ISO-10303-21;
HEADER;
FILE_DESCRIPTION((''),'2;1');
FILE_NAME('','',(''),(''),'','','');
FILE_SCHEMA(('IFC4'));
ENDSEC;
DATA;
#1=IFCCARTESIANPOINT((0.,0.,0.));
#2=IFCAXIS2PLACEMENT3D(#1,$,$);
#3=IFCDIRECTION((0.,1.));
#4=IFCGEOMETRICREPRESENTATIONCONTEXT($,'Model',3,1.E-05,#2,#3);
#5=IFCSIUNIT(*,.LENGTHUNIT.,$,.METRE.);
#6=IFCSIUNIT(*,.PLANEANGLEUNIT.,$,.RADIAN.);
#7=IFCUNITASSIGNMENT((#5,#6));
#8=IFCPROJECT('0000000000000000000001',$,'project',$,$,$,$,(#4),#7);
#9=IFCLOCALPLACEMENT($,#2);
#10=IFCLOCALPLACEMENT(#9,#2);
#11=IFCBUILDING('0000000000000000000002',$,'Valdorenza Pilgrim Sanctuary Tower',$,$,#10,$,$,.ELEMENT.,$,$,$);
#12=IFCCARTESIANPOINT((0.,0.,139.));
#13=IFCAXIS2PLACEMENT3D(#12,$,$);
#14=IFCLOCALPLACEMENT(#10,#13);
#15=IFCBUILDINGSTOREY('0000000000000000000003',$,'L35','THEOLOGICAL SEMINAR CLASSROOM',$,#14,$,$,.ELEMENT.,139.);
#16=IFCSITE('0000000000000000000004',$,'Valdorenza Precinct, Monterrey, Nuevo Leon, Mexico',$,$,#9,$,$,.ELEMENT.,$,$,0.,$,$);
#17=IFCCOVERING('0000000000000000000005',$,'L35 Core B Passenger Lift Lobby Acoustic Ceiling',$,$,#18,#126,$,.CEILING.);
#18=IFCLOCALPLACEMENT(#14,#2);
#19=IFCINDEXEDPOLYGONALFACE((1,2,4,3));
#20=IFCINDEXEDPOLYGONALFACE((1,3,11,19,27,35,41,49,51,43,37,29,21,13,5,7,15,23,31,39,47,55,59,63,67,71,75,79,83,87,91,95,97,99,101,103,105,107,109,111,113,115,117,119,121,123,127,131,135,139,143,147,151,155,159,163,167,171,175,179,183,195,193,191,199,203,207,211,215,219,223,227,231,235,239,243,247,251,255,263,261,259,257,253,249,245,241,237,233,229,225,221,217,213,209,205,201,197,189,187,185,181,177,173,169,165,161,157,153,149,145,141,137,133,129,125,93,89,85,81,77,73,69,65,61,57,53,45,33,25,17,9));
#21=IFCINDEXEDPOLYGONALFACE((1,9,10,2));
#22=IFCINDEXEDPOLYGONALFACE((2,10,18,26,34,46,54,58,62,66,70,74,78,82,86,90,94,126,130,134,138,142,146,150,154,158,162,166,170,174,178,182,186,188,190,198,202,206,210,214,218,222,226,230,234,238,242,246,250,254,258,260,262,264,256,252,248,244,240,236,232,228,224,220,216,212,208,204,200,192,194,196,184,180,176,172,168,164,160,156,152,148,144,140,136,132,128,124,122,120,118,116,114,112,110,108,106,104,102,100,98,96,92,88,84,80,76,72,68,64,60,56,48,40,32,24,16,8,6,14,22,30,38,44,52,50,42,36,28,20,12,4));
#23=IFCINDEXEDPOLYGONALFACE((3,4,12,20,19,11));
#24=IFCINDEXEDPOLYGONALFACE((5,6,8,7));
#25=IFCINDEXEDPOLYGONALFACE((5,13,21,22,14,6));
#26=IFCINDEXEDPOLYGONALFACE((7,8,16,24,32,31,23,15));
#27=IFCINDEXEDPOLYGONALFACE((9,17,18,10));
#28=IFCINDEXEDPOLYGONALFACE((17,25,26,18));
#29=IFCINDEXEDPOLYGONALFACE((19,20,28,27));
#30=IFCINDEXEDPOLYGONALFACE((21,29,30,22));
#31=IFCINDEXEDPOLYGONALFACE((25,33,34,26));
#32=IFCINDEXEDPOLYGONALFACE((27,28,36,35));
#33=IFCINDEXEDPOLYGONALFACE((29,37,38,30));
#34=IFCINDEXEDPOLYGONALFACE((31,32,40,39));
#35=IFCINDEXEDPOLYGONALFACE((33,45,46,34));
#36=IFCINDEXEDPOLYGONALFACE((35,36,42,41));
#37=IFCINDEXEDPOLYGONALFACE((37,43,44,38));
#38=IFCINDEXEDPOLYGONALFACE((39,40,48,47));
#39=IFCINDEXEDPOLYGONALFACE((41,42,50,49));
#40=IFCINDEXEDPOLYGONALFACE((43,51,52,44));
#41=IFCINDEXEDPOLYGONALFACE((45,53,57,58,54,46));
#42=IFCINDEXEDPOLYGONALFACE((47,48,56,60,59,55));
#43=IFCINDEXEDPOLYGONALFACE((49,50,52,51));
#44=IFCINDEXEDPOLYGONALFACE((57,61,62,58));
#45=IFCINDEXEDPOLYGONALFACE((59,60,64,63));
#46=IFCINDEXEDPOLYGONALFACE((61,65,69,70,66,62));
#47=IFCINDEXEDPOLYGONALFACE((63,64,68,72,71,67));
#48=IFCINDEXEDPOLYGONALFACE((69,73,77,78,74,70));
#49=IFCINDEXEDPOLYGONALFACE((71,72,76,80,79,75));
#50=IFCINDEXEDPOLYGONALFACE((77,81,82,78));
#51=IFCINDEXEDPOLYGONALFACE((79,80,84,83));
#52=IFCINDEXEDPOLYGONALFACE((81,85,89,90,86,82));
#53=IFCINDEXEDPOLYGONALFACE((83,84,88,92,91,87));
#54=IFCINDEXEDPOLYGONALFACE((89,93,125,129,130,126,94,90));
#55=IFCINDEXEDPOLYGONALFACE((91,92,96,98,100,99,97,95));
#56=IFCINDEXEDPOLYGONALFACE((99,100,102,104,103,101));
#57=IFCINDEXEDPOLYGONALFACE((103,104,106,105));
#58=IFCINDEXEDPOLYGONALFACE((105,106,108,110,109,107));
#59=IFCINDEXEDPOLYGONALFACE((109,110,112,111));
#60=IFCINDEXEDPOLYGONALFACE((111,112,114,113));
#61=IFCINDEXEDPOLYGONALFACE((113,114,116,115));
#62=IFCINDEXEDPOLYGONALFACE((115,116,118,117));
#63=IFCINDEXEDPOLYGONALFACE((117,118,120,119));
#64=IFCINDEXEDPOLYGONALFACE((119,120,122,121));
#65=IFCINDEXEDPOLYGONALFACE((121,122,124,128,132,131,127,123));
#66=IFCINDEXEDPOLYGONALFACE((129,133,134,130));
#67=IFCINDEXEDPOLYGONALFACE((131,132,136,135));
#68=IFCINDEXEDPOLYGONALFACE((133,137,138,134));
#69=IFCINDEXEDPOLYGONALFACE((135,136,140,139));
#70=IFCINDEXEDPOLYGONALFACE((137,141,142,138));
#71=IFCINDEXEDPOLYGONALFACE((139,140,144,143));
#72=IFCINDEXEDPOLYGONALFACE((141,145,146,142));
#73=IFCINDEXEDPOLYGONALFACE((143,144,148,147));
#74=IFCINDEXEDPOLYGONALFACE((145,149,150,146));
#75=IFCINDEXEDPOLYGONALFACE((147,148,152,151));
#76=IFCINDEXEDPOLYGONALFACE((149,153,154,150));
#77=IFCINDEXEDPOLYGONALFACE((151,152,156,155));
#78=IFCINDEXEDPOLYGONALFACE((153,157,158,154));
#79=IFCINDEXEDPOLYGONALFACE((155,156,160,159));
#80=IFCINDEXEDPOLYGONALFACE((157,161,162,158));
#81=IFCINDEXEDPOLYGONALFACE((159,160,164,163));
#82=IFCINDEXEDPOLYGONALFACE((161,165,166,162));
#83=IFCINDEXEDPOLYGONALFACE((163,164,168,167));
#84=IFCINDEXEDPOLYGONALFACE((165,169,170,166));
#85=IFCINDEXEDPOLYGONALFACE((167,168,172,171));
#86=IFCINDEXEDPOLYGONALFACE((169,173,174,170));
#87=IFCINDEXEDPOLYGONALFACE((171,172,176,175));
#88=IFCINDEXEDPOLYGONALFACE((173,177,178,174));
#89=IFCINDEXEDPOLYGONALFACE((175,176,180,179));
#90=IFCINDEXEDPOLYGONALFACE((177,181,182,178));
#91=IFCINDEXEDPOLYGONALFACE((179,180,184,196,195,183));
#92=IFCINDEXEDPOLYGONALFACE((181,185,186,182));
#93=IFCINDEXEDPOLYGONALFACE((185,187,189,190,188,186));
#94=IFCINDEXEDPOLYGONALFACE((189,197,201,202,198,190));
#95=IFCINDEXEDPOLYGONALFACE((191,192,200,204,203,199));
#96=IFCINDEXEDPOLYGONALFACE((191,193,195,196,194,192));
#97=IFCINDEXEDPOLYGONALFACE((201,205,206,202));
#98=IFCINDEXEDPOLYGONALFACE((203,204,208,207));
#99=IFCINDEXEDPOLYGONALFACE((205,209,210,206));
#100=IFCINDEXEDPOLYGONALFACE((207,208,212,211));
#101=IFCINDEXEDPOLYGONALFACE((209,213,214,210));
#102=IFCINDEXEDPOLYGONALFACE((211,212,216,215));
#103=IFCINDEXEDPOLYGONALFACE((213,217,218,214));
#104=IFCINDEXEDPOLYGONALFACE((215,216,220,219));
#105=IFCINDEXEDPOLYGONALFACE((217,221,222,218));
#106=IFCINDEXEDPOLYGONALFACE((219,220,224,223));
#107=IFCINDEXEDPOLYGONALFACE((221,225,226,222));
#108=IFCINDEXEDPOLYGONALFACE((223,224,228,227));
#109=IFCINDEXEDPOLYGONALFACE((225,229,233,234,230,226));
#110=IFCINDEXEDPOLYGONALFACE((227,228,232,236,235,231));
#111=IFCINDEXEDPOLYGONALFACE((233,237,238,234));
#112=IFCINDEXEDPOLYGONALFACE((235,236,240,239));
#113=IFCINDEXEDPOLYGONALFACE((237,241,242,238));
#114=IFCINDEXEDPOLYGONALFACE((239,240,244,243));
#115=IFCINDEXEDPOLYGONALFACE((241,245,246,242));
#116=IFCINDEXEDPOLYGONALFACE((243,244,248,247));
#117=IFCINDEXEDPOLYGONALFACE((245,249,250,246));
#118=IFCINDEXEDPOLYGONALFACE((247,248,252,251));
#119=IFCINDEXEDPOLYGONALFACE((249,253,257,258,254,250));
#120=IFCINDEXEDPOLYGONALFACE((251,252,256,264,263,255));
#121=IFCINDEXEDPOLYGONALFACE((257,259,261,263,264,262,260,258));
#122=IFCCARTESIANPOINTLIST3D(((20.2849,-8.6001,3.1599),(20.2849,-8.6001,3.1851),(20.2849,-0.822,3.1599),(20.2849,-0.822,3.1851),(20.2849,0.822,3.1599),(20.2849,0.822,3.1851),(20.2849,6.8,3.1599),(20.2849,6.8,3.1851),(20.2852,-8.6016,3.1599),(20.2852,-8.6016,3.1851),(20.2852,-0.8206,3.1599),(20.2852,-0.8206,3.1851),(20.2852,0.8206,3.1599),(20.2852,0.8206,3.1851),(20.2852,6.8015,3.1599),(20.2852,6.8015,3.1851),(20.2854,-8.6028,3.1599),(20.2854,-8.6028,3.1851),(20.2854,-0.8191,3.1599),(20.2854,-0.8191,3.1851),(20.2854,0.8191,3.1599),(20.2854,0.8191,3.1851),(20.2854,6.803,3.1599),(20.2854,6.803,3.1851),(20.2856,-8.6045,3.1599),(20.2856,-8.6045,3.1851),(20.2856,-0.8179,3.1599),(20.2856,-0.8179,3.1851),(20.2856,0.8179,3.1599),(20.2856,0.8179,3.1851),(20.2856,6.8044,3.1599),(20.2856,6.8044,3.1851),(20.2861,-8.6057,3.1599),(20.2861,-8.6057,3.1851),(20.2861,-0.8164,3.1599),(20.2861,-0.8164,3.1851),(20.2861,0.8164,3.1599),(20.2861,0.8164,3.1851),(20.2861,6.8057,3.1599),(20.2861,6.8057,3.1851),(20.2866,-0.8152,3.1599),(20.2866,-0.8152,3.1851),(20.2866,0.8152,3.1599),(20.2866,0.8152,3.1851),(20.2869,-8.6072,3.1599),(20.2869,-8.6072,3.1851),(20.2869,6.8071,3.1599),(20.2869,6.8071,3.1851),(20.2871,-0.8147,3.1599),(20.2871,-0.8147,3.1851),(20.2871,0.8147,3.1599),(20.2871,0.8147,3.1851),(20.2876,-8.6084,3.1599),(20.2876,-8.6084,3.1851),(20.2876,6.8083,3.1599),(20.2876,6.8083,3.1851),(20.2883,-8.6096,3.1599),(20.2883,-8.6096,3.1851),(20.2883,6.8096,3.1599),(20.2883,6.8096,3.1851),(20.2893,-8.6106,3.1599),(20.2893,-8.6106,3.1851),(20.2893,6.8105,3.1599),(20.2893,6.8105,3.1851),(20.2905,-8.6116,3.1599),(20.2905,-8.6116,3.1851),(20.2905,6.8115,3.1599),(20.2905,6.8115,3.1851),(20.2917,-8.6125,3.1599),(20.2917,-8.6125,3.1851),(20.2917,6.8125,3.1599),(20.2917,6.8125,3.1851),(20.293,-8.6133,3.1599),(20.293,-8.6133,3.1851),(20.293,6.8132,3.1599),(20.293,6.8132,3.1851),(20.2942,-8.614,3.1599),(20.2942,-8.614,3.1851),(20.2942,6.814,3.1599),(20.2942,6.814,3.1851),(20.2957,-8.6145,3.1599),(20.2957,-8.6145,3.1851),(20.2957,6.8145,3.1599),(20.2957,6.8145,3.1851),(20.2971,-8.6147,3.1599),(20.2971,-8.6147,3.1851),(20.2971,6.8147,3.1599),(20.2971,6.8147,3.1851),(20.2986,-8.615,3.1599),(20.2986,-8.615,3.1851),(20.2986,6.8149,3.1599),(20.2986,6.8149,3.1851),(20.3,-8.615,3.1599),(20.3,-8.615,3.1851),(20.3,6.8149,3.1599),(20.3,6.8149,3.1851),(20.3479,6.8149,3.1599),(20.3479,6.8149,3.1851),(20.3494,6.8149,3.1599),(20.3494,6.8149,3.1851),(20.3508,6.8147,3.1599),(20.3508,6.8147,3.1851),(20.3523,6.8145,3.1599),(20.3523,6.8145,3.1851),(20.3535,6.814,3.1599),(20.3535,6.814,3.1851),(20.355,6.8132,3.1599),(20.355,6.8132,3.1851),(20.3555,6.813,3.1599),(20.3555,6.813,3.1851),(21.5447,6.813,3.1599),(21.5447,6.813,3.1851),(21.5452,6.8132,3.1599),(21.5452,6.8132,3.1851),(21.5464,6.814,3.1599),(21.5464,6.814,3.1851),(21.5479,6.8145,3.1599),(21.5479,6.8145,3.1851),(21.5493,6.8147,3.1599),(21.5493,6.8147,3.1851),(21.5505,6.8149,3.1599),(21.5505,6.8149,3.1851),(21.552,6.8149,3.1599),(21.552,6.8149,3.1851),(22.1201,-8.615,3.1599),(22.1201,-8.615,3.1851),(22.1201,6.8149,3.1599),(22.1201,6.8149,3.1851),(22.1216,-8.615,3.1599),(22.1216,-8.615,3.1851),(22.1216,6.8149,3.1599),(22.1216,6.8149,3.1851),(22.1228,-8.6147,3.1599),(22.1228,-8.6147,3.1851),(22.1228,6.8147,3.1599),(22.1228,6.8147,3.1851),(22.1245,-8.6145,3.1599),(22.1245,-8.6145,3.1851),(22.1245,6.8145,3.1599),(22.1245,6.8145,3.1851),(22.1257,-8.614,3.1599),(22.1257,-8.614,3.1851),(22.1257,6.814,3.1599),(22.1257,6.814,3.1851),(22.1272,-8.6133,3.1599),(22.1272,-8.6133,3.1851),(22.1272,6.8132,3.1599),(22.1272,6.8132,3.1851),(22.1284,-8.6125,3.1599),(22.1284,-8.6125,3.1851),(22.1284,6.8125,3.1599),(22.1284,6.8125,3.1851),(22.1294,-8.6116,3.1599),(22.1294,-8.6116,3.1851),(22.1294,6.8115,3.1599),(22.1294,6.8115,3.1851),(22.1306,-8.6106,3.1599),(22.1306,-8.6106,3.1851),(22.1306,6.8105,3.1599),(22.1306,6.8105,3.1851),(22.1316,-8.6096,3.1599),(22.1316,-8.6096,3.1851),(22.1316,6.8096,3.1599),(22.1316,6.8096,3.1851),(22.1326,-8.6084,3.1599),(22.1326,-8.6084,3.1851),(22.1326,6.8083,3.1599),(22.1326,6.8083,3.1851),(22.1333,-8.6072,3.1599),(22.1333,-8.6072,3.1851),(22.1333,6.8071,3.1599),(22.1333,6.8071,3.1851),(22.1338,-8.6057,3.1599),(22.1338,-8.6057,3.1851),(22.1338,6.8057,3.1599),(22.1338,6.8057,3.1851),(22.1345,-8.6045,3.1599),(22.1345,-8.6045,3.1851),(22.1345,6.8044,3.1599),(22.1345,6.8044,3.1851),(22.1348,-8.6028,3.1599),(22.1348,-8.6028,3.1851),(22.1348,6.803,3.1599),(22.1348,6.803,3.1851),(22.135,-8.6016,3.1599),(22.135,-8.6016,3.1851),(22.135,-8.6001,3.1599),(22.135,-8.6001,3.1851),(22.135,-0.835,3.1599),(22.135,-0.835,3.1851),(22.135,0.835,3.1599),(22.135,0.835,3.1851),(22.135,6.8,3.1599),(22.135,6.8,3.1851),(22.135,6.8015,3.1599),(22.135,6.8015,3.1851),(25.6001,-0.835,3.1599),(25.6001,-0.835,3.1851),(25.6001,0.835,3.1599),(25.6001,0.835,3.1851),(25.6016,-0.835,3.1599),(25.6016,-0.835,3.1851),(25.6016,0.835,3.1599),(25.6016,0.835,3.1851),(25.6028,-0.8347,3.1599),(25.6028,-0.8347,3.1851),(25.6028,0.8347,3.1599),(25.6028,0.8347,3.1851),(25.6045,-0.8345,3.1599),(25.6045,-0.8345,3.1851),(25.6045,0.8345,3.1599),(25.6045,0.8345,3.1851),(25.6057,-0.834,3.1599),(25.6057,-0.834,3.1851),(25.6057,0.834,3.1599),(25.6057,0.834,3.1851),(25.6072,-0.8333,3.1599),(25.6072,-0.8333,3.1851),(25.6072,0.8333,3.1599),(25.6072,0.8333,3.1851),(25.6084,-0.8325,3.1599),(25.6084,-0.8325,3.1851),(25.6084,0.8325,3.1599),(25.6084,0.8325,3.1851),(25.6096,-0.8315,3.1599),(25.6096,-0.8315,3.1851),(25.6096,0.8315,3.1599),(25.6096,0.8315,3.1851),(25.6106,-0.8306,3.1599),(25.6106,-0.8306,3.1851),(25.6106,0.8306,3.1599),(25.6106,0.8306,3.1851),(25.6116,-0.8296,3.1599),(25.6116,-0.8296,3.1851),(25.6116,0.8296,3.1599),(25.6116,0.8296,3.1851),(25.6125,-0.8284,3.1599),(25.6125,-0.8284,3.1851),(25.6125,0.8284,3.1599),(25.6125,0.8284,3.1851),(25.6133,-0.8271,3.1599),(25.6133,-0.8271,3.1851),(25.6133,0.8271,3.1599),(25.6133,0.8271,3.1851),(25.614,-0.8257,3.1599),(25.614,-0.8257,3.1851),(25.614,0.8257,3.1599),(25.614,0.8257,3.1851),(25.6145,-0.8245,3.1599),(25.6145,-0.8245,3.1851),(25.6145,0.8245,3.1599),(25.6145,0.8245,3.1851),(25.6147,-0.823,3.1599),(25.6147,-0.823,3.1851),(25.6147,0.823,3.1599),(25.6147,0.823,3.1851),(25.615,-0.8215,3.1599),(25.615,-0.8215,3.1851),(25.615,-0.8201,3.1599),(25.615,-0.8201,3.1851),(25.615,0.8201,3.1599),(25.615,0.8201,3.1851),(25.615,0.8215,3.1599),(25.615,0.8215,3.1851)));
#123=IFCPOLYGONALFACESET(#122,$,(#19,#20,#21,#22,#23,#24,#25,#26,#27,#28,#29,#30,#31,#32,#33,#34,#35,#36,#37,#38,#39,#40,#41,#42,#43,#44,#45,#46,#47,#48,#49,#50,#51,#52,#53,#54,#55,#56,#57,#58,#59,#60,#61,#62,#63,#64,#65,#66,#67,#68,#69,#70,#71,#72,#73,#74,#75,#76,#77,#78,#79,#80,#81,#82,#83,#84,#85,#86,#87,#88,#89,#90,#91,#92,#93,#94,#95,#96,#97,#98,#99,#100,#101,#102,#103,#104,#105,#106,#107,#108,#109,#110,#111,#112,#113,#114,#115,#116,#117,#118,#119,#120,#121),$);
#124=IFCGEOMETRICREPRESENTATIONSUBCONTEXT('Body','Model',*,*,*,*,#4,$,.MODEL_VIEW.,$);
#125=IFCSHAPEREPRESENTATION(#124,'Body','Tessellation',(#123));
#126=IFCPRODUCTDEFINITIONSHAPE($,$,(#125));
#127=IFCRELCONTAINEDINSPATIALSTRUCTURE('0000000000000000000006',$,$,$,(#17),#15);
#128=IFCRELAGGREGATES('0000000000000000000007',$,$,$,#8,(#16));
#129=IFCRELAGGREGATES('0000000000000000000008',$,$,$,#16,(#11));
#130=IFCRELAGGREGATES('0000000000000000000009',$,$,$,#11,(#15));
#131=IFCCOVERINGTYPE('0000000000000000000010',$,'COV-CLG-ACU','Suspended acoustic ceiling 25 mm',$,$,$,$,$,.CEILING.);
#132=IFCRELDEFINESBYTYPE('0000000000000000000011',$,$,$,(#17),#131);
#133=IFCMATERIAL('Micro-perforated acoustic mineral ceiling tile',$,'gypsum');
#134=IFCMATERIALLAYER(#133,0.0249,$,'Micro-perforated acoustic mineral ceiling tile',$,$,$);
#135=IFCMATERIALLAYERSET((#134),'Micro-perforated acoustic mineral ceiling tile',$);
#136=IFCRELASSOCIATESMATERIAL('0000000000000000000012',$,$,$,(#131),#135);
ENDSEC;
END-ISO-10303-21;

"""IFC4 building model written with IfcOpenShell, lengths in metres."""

from ifc_helpers import new_model, si_unit, direction, frame, origin, place, context, subcontext, project, spatial, polyline, outline, extrude, material, layer, layer_set, type_object, element, save


model = new_model("IFC4")

# Units and contexts
model_context = context("Model", 3, precision=1e-05, world=origin(), true_north=direction((0.0, 1.0)))
body_context = subcontext(model_context, "Body", "Model", "MODEL_VIEW")
ifc_project = project(units=[si_unit("LENGTHUNIT", "METRE"), si_unit("PLANEANGLEUNIT", "RADIAN")], contexts=[model_context])

# Site, building, storey
site_placement = place(None, origin())
site = spatial("IfcSite", under=ifc_project, at=site_placement, Name="Valdorenza Precinct, Monterrey, Nuevo Leon, Mexico", CompositionType="ELEMENT", RefElevation=0.0)
building_placement = place(site_placement, origin())
building = spatial("IfcBuilding", under=site, at=building_placement, Name="Valdorenza Pilgrim Sanctuary Tower", CompositionType="ELEMENT")
storey_placement = place(building_placement, frame((0.0, 0.0, 139.0)))
storey = spatial("IfcBuildingStorey", under=building, at=storey_placement, Name="L35", Description="THEOLOGICAL SEMINAR CLASSROOM", CompositionType="ELEMENT", Elevation=139.0)

# Covering
ifc_material_1 = material(Name="Micro-perforated acoustic mineral ceiling tile", Category="gypsum")
ifc_layer_1 = layer(ifc_material_1, 0.0249, Name="Micro-perforated acoustic mineral ceiling tile")
ifc_layer_set_1 = layer_set([ifc_layer_1], Name="Micro-perforated acoustic mineral ceiling tile")
covering_type_1 = type_object("IfcCoveringType", Name="COV-CLG-ACU", Description="Suspended acoustic ceiling 25 mm", PredefinedType="CEILING", material=ifc_layer_set_1)
covering_1_placement = place(storey_placement, frame((0.0, 0.0, 3.1599)))
element("IfcCovering", 1, at=covering_1_placement, inside=storey, type_object=covering_type_1, Name="L35 Core B Passenger Lift Lobby Acoustic Ceiling", PredefinedType="CEILING", context=body_context, shape_type="SweptSolid", body=[
    extrude(outline(polyline([(20.2871, -0.8147), (20.2871, 0.8147), (20.2866, 0.8152), (20.2861, 0.8164), (20.2856, 0.8179), (20.2854, 0.8191), (20.2852, 0.8206), (20.2849, 0.822), (20.2849, 6.8), (20.2852, 6.8015), (20.2854, 6.803), (20.2856, 6.8044), (20.2861, 6.8057), (20.2869, 6.8071), (20.2876, 6.8083), (20.2883, 6.8096), (20.2893, 6.8105), (20.2905, 6.8115), (20.2917, 6.8125), (20.293, 6.8132), (20.2942, 6.814), (20.2957, 6.8145), (20.2971, 6.8147), (20.2986, 6.8149), (20.3, 6.8149), (20.3479, 6.8149), (20.3494, 6.8149), (20.3508, 6.8147), (20.3523, 6.8145), (20.3535, 6.814), (20.355, 6.8132), (20.3555, 6.813), (21.5447, 6.813), (21.5452, 6.8132), (21.5464, 6.814), (21.5479, 6.8145), (21.5493, 6.8147), (21.5505, 6.8149), (21.552, 6.8149), (22.1201, 6.8149), (22.1216, 6.8149), (22.1228, 6.8147), (22.1245, 6.8145), (22.1257, 6.814), (22.1272, 6.8132), (22.1284, 6.8125), (22.1294, 6.8115), (22.1306, 6.8105), (22.1316, 6.8096), (22.1326, 6.8083), (22.1333, 6.8071), (22.1338, 6.8057), (22.1345, 6.8044), (22.1348, 6.803), (22.135, 6.8015), (22.135, 6.8), (22.135, 0.835), (25.6001, 0.835), (25.6016, 0.835), (25.6028, 0.8347), (25.6045, 0.8345), (25.6057, 0.834), (25.6072, 0.8333), (25.6084, 0.8325), (25.6096, 0.8315), (25.6106, 0.8306), (25.6116, 0.8296), (25.6125, 0.8284), (25.6133, 0.8271), (25.614, 0.8257), (25.6145, 0.8245), (25.6147, 0.823), (25.615, 0.8215), (25.615, 0.8201), (25.615, -0.8201), (25.615, -0.8215), (25.6147, -0.823), (25.6145, -0.8245), (25.614, -0.8257), (25.6133, -0.8271), (25.6125, -0.8284), (25.6116, -0.8296), (25.6106, -0.8306), (25.6096, -0.8315), (25.6084, -0.8325), (25.6072, -0.8333), (25.6057, -0.834), (25.6045, -0.8345), (25.6028, -0.8347), (25.6016, -0.835), (25.6001, -0.835), (22.135, -0.835), (22.135, -8.6001), (22.135, -8.6016), (22.1348, -8.6028), (22.1345, -8.6045), (22.1338, -8.6057), (22.1333, -8.6072), (22.1326, -8.6084), (22.1316, -8.6096), (22.1306, -8.6106), (22.1294, -8.6116), (22.1284, -8.6125), (22.1272, -8.6133), (22.1257, -8.614), (22.1245, -8.6145), (22.1228, -8.6147), (22.1216, -8.615), (22.1201, -8.615), (20.3, -8.615), (20.2986, -8.615), (20.2971, -8.6147), (20.2957, -8.6145), (20.2942, -8.614), (20.293, -8.6133), (20.2917, -8.6125), (20.2905, -8.6116), (20.2893, -8.6106), (20.2883, -8.6096), (20.2876, -8.6084), (20.2869, -8.6072), (20.2861, -8.6057), (20.2856, -8.6045), (20.2854, -8.6028), (20.2852, -8.6016), (20.2849, -8.6001), (20.2849, -0.822), (20.2852, -0.8206), (20.2854, -0.8191), (20.2856, -0.8179), (20.2861, -0.8164), (20.2866, -0.8152), (20.2871, -0.8147)])), origin(), (0.0, 0.0, 1.0), 0.0251),
])

save(model, "model.ifc")
